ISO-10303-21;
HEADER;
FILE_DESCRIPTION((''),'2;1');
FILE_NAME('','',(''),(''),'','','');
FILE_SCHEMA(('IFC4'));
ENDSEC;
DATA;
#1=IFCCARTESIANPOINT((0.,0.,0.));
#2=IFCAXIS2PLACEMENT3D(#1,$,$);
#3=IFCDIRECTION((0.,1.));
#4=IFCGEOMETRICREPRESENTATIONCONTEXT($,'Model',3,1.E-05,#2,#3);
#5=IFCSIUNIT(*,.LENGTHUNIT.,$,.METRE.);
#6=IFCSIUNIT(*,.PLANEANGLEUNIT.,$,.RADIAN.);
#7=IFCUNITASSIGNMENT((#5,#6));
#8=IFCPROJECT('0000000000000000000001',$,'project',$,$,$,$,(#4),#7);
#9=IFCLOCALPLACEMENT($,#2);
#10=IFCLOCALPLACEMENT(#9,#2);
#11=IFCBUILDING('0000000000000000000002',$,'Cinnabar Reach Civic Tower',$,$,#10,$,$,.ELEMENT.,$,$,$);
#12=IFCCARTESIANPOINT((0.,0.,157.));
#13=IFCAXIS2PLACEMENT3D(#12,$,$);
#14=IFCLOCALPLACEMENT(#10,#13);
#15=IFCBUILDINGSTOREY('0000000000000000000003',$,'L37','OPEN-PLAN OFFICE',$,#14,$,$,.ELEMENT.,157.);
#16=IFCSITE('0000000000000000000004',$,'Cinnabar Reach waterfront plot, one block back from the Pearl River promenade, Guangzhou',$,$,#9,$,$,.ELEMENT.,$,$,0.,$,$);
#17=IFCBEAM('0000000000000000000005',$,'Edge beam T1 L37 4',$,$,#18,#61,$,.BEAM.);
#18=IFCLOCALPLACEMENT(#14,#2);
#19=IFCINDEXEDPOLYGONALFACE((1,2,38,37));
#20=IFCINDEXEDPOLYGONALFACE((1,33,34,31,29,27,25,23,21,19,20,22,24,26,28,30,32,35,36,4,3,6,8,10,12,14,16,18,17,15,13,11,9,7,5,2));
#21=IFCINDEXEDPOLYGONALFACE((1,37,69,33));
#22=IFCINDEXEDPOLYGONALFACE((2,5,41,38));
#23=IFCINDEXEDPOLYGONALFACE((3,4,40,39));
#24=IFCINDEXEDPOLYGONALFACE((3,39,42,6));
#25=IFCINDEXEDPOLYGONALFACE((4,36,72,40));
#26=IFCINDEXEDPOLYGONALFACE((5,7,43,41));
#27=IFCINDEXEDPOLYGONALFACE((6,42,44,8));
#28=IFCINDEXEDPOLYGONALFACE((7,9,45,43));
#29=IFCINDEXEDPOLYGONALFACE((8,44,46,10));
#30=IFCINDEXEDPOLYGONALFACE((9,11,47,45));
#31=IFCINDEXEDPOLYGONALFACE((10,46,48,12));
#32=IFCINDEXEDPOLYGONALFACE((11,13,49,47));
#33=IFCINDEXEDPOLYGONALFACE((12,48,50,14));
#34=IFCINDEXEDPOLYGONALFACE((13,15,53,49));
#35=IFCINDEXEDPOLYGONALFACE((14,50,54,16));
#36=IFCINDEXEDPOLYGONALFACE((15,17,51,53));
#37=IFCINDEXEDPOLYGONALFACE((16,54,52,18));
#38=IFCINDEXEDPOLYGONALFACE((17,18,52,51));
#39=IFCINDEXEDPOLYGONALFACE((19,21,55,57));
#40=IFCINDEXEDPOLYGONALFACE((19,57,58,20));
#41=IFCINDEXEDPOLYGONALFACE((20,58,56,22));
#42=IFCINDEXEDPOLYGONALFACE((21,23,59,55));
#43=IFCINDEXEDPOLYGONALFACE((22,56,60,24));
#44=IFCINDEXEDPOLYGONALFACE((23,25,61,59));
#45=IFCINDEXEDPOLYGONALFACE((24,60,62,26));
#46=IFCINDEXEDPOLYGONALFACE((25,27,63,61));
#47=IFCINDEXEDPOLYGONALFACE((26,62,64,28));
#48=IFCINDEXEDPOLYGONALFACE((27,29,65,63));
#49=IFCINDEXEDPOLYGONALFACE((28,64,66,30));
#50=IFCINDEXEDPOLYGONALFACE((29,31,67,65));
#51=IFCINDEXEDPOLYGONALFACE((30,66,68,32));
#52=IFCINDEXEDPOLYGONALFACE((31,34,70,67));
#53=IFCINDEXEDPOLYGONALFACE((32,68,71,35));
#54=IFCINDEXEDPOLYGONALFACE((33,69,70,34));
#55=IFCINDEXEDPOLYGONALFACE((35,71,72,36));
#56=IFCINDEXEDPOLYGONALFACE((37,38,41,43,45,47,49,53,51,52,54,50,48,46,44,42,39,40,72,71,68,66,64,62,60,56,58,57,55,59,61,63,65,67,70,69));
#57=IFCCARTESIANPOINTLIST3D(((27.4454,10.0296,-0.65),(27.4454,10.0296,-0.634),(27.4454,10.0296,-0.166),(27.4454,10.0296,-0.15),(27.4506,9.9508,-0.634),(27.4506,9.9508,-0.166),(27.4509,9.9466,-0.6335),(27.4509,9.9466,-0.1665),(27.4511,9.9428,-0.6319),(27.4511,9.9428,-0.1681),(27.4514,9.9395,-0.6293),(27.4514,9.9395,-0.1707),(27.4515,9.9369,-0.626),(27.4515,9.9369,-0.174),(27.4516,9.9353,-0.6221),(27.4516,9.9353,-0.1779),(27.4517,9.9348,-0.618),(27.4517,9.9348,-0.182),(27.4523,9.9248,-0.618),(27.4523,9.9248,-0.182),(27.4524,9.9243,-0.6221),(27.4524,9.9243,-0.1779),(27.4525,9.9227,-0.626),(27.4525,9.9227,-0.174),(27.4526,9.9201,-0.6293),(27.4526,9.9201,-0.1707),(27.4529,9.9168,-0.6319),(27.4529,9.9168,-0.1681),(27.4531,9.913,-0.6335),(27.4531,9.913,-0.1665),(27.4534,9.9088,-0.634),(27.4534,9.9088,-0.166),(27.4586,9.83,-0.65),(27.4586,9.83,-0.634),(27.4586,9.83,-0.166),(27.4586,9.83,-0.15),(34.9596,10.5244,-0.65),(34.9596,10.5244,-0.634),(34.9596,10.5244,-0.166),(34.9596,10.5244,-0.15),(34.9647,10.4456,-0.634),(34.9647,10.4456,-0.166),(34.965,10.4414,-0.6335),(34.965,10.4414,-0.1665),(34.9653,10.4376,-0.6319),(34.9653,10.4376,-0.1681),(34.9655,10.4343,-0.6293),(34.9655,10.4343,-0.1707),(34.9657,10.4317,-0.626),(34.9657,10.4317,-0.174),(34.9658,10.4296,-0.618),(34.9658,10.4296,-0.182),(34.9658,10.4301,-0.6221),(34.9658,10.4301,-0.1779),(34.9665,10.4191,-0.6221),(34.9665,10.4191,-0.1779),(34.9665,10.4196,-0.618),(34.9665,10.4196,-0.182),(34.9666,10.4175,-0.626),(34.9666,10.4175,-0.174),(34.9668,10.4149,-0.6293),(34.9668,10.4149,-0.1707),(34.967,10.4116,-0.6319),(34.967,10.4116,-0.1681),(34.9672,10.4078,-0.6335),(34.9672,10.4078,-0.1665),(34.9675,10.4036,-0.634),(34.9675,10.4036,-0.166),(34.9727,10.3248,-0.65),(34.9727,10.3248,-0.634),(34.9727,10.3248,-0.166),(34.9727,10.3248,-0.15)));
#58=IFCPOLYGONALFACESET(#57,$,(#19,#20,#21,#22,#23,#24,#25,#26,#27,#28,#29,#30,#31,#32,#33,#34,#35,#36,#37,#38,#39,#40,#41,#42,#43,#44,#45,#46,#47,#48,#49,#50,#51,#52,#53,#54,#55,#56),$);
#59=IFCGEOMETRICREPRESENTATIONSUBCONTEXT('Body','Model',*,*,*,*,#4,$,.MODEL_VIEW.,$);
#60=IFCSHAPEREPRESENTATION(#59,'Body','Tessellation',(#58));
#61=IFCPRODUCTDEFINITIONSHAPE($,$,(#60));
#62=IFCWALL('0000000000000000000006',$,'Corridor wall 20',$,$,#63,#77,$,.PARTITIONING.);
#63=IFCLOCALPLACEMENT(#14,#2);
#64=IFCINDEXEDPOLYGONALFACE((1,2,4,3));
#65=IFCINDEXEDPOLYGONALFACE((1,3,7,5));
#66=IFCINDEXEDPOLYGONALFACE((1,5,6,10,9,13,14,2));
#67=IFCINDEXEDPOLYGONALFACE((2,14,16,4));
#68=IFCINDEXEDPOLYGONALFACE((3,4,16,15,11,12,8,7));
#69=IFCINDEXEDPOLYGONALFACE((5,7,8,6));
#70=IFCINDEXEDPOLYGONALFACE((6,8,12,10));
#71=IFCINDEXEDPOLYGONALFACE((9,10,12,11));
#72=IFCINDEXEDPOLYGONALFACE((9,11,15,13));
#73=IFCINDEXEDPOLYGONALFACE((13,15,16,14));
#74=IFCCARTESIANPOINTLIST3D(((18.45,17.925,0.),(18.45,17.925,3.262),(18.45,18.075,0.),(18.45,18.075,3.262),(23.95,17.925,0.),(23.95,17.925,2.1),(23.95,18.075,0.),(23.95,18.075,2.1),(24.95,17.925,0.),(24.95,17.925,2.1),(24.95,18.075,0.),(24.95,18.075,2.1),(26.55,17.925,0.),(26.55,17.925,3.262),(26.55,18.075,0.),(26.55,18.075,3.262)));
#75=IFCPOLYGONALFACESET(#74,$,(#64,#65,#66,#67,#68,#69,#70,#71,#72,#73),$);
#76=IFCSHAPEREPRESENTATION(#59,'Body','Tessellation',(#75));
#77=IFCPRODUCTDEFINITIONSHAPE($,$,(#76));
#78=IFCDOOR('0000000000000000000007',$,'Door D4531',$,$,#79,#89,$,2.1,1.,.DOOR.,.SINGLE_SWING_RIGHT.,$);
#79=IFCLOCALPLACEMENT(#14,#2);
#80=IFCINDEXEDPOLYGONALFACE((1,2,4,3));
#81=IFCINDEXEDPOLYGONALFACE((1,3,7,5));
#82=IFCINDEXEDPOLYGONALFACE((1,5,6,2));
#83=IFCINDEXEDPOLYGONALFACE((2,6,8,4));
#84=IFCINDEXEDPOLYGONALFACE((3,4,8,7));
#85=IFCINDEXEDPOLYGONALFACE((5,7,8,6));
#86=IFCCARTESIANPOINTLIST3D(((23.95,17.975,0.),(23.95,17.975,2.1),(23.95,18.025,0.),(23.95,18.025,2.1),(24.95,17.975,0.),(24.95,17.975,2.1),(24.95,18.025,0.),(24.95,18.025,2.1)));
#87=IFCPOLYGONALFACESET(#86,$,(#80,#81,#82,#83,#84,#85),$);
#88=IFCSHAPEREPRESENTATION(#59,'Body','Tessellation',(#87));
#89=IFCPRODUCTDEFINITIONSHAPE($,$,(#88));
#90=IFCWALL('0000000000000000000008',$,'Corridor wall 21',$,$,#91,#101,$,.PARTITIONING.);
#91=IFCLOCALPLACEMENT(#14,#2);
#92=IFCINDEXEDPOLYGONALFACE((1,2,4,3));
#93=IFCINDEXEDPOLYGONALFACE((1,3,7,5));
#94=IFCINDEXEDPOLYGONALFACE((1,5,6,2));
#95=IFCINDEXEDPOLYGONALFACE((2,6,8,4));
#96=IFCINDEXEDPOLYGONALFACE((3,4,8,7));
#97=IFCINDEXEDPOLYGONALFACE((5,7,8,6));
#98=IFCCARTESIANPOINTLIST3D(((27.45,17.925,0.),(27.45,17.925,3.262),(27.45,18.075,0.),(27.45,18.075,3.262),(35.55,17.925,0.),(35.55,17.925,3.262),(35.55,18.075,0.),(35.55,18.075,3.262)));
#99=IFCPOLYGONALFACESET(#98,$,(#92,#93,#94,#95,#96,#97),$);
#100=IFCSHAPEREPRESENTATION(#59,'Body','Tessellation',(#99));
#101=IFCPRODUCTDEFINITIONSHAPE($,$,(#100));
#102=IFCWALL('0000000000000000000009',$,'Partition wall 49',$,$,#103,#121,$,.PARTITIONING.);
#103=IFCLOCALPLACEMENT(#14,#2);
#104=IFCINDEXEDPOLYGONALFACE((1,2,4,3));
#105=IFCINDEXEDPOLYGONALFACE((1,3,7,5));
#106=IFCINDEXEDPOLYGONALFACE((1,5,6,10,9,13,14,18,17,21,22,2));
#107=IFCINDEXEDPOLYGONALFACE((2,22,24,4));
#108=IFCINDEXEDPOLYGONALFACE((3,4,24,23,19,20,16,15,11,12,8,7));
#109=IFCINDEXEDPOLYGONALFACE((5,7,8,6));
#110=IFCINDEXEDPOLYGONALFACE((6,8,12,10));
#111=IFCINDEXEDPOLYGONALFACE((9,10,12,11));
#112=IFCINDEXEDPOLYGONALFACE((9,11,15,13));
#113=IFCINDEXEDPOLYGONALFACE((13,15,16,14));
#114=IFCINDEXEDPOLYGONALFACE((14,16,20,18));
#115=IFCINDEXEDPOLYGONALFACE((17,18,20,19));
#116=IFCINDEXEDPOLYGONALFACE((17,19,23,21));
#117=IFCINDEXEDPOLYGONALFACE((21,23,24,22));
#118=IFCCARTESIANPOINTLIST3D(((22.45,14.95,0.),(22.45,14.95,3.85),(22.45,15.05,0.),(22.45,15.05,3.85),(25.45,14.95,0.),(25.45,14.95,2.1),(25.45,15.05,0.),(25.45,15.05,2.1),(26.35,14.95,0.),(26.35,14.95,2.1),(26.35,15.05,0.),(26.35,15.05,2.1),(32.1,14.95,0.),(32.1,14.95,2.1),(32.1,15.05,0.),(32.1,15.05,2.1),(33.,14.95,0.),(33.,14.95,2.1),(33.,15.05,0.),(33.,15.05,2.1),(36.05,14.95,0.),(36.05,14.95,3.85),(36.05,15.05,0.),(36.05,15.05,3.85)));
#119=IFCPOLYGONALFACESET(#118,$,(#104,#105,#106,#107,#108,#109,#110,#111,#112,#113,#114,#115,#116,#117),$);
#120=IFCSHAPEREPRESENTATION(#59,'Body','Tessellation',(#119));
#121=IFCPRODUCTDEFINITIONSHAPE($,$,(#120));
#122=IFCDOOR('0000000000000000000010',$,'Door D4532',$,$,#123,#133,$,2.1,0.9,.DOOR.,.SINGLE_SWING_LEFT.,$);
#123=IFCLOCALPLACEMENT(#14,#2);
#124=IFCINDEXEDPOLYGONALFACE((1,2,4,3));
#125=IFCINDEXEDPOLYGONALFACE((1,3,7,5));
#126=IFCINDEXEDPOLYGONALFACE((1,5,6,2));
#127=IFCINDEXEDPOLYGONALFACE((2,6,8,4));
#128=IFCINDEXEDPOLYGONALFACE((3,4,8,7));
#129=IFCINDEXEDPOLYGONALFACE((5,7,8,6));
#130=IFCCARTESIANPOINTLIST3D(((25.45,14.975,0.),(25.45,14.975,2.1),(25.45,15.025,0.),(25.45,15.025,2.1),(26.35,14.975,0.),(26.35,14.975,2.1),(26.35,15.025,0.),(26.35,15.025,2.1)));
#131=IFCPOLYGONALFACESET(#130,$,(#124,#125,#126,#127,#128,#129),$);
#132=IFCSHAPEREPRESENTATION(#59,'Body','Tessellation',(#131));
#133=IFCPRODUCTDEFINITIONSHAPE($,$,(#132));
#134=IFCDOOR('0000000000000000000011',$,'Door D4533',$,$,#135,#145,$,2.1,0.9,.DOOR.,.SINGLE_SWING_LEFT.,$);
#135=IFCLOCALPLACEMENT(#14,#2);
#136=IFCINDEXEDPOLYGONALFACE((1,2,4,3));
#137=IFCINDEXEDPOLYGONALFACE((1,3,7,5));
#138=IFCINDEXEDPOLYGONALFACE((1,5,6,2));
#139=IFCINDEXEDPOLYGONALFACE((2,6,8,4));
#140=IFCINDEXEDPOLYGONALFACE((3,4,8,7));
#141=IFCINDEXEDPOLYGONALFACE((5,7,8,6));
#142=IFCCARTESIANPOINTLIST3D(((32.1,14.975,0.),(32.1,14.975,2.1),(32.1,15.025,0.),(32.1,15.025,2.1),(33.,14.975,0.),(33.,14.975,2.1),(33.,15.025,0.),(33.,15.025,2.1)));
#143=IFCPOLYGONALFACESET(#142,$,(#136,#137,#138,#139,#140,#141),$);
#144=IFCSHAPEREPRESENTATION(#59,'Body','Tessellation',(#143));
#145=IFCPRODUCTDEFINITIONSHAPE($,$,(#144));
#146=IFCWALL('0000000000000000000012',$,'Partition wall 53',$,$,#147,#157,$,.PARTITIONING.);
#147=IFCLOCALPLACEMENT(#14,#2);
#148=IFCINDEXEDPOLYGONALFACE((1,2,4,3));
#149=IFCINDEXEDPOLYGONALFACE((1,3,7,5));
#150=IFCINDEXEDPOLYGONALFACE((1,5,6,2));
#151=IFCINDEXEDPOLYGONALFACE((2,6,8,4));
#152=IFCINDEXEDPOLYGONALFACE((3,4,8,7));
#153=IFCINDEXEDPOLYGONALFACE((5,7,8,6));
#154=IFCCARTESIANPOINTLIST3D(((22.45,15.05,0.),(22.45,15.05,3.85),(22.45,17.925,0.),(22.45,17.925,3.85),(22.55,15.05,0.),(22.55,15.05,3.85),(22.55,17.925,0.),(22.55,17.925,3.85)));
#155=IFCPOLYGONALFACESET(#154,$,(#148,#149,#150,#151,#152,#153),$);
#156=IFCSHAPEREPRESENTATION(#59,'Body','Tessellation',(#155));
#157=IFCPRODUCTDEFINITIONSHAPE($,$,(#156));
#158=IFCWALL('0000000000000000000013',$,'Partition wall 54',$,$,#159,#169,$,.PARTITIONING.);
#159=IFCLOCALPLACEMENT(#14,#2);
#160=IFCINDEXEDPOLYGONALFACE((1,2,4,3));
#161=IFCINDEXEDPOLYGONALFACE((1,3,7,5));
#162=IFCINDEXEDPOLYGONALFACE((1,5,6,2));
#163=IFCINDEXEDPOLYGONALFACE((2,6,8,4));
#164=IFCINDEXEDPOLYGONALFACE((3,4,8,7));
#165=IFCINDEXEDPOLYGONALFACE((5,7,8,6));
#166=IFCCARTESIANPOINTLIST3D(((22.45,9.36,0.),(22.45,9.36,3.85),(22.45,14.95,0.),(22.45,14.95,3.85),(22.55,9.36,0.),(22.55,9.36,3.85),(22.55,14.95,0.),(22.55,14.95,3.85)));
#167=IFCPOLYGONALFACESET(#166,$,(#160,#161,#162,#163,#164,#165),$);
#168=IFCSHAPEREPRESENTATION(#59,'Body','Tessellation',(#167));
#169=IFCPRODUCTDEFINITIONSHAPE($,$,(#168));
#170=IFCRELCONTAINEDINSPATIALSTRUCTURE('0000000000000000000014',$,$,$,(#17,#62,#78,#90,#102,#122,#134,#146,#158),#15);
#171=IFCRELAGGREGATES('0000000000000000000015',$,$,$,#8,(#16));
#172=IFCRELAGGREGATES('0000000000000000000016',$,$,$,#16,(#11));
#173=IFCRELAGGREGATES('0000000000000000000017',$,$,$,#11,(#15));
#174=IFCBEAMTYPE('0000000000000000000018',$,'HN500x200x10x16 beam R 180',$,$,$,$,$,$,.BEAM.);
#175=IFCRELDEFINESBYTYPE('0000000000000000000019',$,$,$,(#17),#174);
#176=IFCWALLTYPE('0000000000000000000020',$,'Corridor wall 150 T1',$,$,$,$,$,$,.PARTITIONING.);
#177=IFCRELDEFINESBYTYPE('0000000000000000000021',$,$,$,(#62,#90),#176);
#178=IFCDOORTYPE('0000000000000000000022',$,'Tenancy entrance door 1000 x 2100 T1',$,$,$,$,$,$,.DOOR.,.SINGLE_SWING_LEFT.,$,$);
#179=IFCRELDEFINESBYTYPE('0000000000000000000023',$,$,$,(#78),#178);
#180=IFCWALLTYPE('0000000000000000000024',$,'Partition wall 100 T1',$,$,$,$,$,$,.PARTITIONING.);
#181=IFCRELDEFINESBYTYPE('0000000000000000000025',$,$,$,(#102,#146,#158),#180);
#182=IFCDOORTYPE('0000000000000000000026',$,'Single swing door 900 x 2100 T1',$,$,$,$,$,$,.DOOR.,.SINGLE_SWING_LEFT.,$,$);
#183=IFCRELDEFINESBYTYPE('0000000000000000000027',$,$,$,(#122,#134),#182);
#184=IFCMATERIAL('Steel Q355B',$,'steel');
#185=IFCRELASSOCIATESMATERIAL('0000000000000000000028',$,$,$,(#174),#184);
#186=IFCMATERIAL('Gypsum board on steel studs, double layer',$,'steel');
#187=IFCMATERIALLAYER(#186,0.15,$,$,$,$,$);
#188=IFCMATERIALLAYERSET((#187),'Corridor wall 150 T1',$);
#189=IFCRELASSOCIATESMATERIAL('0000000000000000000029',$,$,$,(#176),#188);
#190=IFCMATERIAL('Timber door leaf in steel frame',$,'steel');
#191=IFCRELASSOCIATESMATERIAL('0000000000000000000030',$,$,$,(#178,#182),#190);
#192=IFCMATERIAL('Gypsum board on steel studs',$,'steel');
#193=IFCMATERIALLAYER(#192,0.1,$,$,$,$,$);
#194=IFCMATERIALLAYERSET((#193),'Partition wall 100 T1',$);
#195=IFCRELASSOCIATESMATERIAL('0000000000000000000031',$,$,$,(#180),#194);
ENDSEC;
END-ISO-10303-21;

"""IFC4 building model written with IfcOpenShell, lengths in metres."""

from ifc_helpers import new_model, si_unit, direction, frame, frame_2d, origin, origin_2d, place, context, subcontext, project, spatial, rectangle, i_section, extrude, material, layer, layer_set, material_profile, profile_set, type_object, element, fill, save


model = new_model("IFC4")

# Units and contexts
model_context = context("Model", 3, precision=1e-05, world=origin(), true_north=direction((0.0, 1.0)))
body_context = subcontext(model_context, "Body", "Model", "MODEL_VIEW")
ifc_project = project(units=[si_unit("LENGTHUNIT", "METRE"), si_unit("PLANEANGLEUNIT", "RADIAN")], contexts=[model_context])

# Site, building, storey
site_placement = place(None, origin())
site = spatial("IfcSite", under=ifc_project, at=site_placement, Name="Cinnabar Reach waterfront plot, one block back from the Pearl River promenade, Guangzhou", CompositionType="ELEMENT", RefElevation=0.0)
building_placement = place(site_placement, origin())
building = spatial("IfcBuilding", under=site, at=building_placement, Name="Cinnabar Reach Civic Tower", CompositionType="ELEMENT")
storey_placement = place(building_placement, frame((0.0, 0.0, 157.0)))
storey = spatial("IfcBuildingStorey", under=building, at=storey_placement, Name="L37", Description="OPEN-PLAN OFFICE", CompositionType="ELEMENT", Elevation=157.0)

# Beam
ifc_material_1 = material(Name="Steel Q355B", Category="steel")
ifc_material_profile_1 = material_profile(ifc_material_1, i_section(OverallWidth=0.2, OverallDepth=0.5, WebThickness=0.01, FlangeThickness=0.016, FilletRadius=0.016, at=origin_2d()), Name="HN500x200x10x16")
ifc_profile_set_1 = profile_set([ifc_material_profile_1], Name="Steel Q355B")
beam_type_1 = type_object("IfcBeamType", Name="HN500x200x10x16 beam R 180", PredefinedType="BEAM", material=ifc_profile_set_1)
beam_1_placement = place(storey_placement, frame((27.452, 9.9298, -0.4), z_axis=(0.997839, 0.065707, 0.0), x_axis=(-0.065707, 0.997839, 0.0)))
element("IfcBeam", 1, at=beam_1_placement, inside=storey, type_object=beam_type_1, Name="Edge beam T1 L37 4", PredefinedType="BEAM", context=body_context, shape_type="SweptSolid", body=[
    extrude(i_section(OverallWidth=0.2, OverallDepth=0.5, WebThickness=0.01, FlangeThickness=0.016, FilletRadius=0.016, at=origin_2d()), origin(), (0.0, 0.0, 1.0), 7.5304),
])

# Wall, opening, door
ifc_material_2 = material(Name="Gypsum board on steel studs, double layer", Category="steel")
ifc_layer_1 = layer(ifc_material_2, 0.15)
ifc_layer_set_1 = layer_set([ifc_layer_1], Name="Corridor wall 150 T1")
wall_type_1 = type_object("IfcWallType", Name="Corridor wall 150 T1", PredefinedType="PARTITIONING", material=ifc_layer_set_1)
wall_1_placement = place(storey_placement, frame((18.45, 18.0, 0.0), z_axis=(0.0, 0.0, 1.0), x_axis=(1.0, 0.0, 0.0)))
wall_1 = element("IfcWall", 2, at=wall_1_placement, inside=storey, type_object=wall_type_1, Name="Corridor wall 20", PredefinedType="PARTITIONING", context=body_context, shape_type="SweptSolid", body=[
    extrude(rectangle(XDim=8.1, YDim=0.15, at=frame_2d((4.05, 0.0))), origin(), (0.0, 0.0, 1.0), 3.262),
])
opening_1_placement = place(wall_1_placement, frame((5.5, 0.0, 0.0)))
opening_1 = element("IfcOpeningElement", 3, at=opening_1_placement, cuts=wall_1, PredefinedType="OPENING", context=body_context, shape_type="SweptSolid", body=[
    extrude(rectangle(XDim=1.0, YDim=2.1, at=frame_2d((0.5, 1.05))), frame((0.0, 0.085, 0.0), z_axis=(0.0, -1.0, 0.0), x_axis=(1.0, 0.0, 0.0)), (0.0, 0.0, 1.0), 0.17),
])
ifc_material_3 = material(Name="Timber door leaf in steel frame", Category="steel")
door_type_1 = type_object("IfcDoorType", Name="Tenancy entrance door 1000 x 2100 T1", OperationType="SINGLE_SWING_LEFT", PredefinedType="DOOR", material=ifc_material_3)
door_1_placement = place(opening_1_placement, frame((1.0, 0.0, 0.0), z_axis=(0.0, 0.0, 1.0), x_axis=(-1.0, 0.0, 0.0)))
door_1 = element("IfcDoor", 4, at=door_1_placement, inside=storey, type_object=door_type_1, Name="Door D4531", OperationType="SINGLE_SWING_RIGHT", OverallHeight=2.1, OverallWidth=1.0, PredefinedType="DOOR", context=body_context, shape_type="SweptSolid", body=[
    extrude(rectangle(XDim=1.0, YDim=2.1, at=frame_2d((0.5, 1.05))), frame((0.0, 0.025, 0.0), z_axis=(0.0, -1.0, 0.0), x_axis=(1.0, 0.0, 0.0)), (0.0, 0.0, 1.0), 0.05),
])
fill(opening_1, door_1)

# Wall
wall_2_placement = place(storey_placement, frame((27.45, 18.0, 0.0), z_axis=(0.0, 0.0, 1.0), x_axis=(1.0, 0.0, 0.0)))
element("IfcWall", 5, at=wall_2_placement, inside=storey, type_object=wall_type_1, Name="Corridor wall 21", PredefinedType="PARTITIONING", context=body_context, shape_type="SweptSolid", body=[
    extrude(rectangle(XDim=8.1, YDim=0.15, at=frame_2d((4.05, 0.0))), origin(), (0.0, 0.0, 1.0), 3.262),
])

# Wall, openings, doors
ifc_material_4 = material(Name="Gypsum board on steel studs", Category="steel")
ifc_layer_2 = layer(ifc_material_4, 0.1)
ifc_layer_set_2 = layer_set([ifc_layer_2], Name="Partition wall 100 T1")
wall_type_2 = type_object("IfcWallType", Name="Partition wall 100 T1", PredefinedType="PARTITIONING", material=ifc_layer_set_2)
wall_3_placement = place(storey_placement, frame((22.45, 15.0, 0.0), z_axis=(0.0, 0.0, 1.0), x_axis=(1.0, 0.0, 0.0)))
wall_3 = element("IfcWall", 6, at=wall_3_placement, inside=storey, type_object=wall_type_2, Name="Partition wall 49", PredefinedType="PARTITIONING", context=body_context, shape_type="SweptSolid", body=[
    extrude(rectangle(XDim=13.6, YDim=0.1, at=frame_2d((6.8, 0.0))), origin(), (0.0, 0.0, 1.0), 3.85),
])
opening_2_placement = place(wall_3_placement, frame((3.0, 0.0, 0.0)))
opening_2 = element("IfcOpeningElement", 7, at=opening_2_placement, cuts=wall_3, PredefinedType="OPENING", context=body_context, shape_type="SweptSolid", body=[
    extrude(rectangle(XDim=0.9, YDim=2.1, at=frame_2d((0.45, 1.05))), frame((0.0, 0.06, 0.0), z_axis=(0.0, -1.0, 0.0), x_axis=(1.0, 0.0, 0.0)), (0.0, 0.0, 1.0), 0.12),
])
opening_3_placement = place(wall_3_placement, frame((9.65, 0.0, 0.0)))
opening_3 = element("IfcOpeningElement", 8, at=opening_3_placement, cuts=wall_3, PredefinedType="OPENING", context=body_context, shape_type="SweptSolid", body=[
    extrude(rectangle(XDim=0.9, YDim=2.1, at=frame_2d((0.45, 1.05))), frame((0.0, 0.06, 0.0), z_axis=(0.0, -1.0, 0.0), x_axis=(1.0, 0.0, 0.0)), (0.0, 0.0, 1.0), 0.12),
])
door_type_2 = type_object("IfcDoorType", Name="Single swing door 900 x 2100 T1", OperationType="SINGLE_SWING_LEFT", PredefinedType="DOOR", material=ifc_material_3)
door_2_placement = place(opening_2_placement, frame((0.9, 0.0, 0.0), z_axis=(0.0, 0.0, 1.0), x_axis=(-1.0, 0.0, 0.0)))
door_2 = element("IfcDoor", 9, at=door_2_placement, inside=storey, type_object=door_type_2, Name="Door D4532", OperationType="SINGLE_SWING_LEFT", OverallHeight=2.1, OverallWidth=0.9, PredefinedType="DOOR", context=body_context, shape_type="SweptSolid", body=[
    extrude(rectangle(XDim=0.9, YDim=2.1, at=frame_2d((0.45, 1.05))), frame((0.0, 0.025, 0.0), z_axis=(0.0, -1.0, 0.0), x_axis=(1.0, 0.0, 0.0)), (0.0, 0.0, 1.0), 0.05),
])
fill(opening_2, door_2)
door_3_placement = place(opening_3_placement, frame((0.9, 0.0, 0.0), z_axis=(0.0, 0.0, 1.0), x_axis=(-1.0, 0.0, 0.0)))
door_3 = element("IfcDoor", 10, at=door_3_placement, inside=storey, type_object=door_type_2, Name="Door D4533", OperationType="SINGLE_SWING_LEFT", OverallHeight=2.1, OverallWidth=0.9, PredefinedType="DOOR", context=body_context, shape_type="SweptSolid", body=[
    extrude(rectangle(XDim=0.9, YDim=2.1, at=frame_2d((0.45, 1.05))), frame((0.0, 0.025, 0.0), z_axis=(0.0, -1.0, 0.0), x_axis=(1.0, 0.0, 0.0)), (0.0, 0.0, 1.0), 0.05),
])
fill(opening_3, door_3)

# Walls
wall_4_placement = place(storey_placement, frame((22.5, 15.05, 0.0), z_axis=(0.0, 0.0, 1.0), x_axis=(0.0, 1.0, 0.0)))
element("IfcWall", 11, at=wall_4_placement, inside=storey, type_object=wall_type_2, Name="Partition wall 53", PredefinedType="PARTITIONING", context=body_context, shape_type="SweptSolid", body=[
    extrude(rectangle(XDim=2.875, YDim=0.1, at=frame_2d((1.4375, 0.0))), origin(), (0.0, 0.0, 1.0), 3.85),
])
wall_5_placement = place(storey_placement, frame((22.5, 9.36, 0.0), z_axis=(0.0, 0.0, 1.0), x_axis=(0.0, 1.0, 0.0)))
element("IfcWall", 12, at=wall_5_placement, inside=storey, type_object=wall_type_2, Name="Partition wall 54", PredefinedType="PARTITIONING", context=body_context, shape_type="SweptSolid", body=[
    extrude(rectangle(XDim=5.59, YDim=0.1, at=frame_2d((2.795, 0.0))), origin(), (0.0, 0.0, 1.0), 3.85),
])

save(model, "model.ifc")
